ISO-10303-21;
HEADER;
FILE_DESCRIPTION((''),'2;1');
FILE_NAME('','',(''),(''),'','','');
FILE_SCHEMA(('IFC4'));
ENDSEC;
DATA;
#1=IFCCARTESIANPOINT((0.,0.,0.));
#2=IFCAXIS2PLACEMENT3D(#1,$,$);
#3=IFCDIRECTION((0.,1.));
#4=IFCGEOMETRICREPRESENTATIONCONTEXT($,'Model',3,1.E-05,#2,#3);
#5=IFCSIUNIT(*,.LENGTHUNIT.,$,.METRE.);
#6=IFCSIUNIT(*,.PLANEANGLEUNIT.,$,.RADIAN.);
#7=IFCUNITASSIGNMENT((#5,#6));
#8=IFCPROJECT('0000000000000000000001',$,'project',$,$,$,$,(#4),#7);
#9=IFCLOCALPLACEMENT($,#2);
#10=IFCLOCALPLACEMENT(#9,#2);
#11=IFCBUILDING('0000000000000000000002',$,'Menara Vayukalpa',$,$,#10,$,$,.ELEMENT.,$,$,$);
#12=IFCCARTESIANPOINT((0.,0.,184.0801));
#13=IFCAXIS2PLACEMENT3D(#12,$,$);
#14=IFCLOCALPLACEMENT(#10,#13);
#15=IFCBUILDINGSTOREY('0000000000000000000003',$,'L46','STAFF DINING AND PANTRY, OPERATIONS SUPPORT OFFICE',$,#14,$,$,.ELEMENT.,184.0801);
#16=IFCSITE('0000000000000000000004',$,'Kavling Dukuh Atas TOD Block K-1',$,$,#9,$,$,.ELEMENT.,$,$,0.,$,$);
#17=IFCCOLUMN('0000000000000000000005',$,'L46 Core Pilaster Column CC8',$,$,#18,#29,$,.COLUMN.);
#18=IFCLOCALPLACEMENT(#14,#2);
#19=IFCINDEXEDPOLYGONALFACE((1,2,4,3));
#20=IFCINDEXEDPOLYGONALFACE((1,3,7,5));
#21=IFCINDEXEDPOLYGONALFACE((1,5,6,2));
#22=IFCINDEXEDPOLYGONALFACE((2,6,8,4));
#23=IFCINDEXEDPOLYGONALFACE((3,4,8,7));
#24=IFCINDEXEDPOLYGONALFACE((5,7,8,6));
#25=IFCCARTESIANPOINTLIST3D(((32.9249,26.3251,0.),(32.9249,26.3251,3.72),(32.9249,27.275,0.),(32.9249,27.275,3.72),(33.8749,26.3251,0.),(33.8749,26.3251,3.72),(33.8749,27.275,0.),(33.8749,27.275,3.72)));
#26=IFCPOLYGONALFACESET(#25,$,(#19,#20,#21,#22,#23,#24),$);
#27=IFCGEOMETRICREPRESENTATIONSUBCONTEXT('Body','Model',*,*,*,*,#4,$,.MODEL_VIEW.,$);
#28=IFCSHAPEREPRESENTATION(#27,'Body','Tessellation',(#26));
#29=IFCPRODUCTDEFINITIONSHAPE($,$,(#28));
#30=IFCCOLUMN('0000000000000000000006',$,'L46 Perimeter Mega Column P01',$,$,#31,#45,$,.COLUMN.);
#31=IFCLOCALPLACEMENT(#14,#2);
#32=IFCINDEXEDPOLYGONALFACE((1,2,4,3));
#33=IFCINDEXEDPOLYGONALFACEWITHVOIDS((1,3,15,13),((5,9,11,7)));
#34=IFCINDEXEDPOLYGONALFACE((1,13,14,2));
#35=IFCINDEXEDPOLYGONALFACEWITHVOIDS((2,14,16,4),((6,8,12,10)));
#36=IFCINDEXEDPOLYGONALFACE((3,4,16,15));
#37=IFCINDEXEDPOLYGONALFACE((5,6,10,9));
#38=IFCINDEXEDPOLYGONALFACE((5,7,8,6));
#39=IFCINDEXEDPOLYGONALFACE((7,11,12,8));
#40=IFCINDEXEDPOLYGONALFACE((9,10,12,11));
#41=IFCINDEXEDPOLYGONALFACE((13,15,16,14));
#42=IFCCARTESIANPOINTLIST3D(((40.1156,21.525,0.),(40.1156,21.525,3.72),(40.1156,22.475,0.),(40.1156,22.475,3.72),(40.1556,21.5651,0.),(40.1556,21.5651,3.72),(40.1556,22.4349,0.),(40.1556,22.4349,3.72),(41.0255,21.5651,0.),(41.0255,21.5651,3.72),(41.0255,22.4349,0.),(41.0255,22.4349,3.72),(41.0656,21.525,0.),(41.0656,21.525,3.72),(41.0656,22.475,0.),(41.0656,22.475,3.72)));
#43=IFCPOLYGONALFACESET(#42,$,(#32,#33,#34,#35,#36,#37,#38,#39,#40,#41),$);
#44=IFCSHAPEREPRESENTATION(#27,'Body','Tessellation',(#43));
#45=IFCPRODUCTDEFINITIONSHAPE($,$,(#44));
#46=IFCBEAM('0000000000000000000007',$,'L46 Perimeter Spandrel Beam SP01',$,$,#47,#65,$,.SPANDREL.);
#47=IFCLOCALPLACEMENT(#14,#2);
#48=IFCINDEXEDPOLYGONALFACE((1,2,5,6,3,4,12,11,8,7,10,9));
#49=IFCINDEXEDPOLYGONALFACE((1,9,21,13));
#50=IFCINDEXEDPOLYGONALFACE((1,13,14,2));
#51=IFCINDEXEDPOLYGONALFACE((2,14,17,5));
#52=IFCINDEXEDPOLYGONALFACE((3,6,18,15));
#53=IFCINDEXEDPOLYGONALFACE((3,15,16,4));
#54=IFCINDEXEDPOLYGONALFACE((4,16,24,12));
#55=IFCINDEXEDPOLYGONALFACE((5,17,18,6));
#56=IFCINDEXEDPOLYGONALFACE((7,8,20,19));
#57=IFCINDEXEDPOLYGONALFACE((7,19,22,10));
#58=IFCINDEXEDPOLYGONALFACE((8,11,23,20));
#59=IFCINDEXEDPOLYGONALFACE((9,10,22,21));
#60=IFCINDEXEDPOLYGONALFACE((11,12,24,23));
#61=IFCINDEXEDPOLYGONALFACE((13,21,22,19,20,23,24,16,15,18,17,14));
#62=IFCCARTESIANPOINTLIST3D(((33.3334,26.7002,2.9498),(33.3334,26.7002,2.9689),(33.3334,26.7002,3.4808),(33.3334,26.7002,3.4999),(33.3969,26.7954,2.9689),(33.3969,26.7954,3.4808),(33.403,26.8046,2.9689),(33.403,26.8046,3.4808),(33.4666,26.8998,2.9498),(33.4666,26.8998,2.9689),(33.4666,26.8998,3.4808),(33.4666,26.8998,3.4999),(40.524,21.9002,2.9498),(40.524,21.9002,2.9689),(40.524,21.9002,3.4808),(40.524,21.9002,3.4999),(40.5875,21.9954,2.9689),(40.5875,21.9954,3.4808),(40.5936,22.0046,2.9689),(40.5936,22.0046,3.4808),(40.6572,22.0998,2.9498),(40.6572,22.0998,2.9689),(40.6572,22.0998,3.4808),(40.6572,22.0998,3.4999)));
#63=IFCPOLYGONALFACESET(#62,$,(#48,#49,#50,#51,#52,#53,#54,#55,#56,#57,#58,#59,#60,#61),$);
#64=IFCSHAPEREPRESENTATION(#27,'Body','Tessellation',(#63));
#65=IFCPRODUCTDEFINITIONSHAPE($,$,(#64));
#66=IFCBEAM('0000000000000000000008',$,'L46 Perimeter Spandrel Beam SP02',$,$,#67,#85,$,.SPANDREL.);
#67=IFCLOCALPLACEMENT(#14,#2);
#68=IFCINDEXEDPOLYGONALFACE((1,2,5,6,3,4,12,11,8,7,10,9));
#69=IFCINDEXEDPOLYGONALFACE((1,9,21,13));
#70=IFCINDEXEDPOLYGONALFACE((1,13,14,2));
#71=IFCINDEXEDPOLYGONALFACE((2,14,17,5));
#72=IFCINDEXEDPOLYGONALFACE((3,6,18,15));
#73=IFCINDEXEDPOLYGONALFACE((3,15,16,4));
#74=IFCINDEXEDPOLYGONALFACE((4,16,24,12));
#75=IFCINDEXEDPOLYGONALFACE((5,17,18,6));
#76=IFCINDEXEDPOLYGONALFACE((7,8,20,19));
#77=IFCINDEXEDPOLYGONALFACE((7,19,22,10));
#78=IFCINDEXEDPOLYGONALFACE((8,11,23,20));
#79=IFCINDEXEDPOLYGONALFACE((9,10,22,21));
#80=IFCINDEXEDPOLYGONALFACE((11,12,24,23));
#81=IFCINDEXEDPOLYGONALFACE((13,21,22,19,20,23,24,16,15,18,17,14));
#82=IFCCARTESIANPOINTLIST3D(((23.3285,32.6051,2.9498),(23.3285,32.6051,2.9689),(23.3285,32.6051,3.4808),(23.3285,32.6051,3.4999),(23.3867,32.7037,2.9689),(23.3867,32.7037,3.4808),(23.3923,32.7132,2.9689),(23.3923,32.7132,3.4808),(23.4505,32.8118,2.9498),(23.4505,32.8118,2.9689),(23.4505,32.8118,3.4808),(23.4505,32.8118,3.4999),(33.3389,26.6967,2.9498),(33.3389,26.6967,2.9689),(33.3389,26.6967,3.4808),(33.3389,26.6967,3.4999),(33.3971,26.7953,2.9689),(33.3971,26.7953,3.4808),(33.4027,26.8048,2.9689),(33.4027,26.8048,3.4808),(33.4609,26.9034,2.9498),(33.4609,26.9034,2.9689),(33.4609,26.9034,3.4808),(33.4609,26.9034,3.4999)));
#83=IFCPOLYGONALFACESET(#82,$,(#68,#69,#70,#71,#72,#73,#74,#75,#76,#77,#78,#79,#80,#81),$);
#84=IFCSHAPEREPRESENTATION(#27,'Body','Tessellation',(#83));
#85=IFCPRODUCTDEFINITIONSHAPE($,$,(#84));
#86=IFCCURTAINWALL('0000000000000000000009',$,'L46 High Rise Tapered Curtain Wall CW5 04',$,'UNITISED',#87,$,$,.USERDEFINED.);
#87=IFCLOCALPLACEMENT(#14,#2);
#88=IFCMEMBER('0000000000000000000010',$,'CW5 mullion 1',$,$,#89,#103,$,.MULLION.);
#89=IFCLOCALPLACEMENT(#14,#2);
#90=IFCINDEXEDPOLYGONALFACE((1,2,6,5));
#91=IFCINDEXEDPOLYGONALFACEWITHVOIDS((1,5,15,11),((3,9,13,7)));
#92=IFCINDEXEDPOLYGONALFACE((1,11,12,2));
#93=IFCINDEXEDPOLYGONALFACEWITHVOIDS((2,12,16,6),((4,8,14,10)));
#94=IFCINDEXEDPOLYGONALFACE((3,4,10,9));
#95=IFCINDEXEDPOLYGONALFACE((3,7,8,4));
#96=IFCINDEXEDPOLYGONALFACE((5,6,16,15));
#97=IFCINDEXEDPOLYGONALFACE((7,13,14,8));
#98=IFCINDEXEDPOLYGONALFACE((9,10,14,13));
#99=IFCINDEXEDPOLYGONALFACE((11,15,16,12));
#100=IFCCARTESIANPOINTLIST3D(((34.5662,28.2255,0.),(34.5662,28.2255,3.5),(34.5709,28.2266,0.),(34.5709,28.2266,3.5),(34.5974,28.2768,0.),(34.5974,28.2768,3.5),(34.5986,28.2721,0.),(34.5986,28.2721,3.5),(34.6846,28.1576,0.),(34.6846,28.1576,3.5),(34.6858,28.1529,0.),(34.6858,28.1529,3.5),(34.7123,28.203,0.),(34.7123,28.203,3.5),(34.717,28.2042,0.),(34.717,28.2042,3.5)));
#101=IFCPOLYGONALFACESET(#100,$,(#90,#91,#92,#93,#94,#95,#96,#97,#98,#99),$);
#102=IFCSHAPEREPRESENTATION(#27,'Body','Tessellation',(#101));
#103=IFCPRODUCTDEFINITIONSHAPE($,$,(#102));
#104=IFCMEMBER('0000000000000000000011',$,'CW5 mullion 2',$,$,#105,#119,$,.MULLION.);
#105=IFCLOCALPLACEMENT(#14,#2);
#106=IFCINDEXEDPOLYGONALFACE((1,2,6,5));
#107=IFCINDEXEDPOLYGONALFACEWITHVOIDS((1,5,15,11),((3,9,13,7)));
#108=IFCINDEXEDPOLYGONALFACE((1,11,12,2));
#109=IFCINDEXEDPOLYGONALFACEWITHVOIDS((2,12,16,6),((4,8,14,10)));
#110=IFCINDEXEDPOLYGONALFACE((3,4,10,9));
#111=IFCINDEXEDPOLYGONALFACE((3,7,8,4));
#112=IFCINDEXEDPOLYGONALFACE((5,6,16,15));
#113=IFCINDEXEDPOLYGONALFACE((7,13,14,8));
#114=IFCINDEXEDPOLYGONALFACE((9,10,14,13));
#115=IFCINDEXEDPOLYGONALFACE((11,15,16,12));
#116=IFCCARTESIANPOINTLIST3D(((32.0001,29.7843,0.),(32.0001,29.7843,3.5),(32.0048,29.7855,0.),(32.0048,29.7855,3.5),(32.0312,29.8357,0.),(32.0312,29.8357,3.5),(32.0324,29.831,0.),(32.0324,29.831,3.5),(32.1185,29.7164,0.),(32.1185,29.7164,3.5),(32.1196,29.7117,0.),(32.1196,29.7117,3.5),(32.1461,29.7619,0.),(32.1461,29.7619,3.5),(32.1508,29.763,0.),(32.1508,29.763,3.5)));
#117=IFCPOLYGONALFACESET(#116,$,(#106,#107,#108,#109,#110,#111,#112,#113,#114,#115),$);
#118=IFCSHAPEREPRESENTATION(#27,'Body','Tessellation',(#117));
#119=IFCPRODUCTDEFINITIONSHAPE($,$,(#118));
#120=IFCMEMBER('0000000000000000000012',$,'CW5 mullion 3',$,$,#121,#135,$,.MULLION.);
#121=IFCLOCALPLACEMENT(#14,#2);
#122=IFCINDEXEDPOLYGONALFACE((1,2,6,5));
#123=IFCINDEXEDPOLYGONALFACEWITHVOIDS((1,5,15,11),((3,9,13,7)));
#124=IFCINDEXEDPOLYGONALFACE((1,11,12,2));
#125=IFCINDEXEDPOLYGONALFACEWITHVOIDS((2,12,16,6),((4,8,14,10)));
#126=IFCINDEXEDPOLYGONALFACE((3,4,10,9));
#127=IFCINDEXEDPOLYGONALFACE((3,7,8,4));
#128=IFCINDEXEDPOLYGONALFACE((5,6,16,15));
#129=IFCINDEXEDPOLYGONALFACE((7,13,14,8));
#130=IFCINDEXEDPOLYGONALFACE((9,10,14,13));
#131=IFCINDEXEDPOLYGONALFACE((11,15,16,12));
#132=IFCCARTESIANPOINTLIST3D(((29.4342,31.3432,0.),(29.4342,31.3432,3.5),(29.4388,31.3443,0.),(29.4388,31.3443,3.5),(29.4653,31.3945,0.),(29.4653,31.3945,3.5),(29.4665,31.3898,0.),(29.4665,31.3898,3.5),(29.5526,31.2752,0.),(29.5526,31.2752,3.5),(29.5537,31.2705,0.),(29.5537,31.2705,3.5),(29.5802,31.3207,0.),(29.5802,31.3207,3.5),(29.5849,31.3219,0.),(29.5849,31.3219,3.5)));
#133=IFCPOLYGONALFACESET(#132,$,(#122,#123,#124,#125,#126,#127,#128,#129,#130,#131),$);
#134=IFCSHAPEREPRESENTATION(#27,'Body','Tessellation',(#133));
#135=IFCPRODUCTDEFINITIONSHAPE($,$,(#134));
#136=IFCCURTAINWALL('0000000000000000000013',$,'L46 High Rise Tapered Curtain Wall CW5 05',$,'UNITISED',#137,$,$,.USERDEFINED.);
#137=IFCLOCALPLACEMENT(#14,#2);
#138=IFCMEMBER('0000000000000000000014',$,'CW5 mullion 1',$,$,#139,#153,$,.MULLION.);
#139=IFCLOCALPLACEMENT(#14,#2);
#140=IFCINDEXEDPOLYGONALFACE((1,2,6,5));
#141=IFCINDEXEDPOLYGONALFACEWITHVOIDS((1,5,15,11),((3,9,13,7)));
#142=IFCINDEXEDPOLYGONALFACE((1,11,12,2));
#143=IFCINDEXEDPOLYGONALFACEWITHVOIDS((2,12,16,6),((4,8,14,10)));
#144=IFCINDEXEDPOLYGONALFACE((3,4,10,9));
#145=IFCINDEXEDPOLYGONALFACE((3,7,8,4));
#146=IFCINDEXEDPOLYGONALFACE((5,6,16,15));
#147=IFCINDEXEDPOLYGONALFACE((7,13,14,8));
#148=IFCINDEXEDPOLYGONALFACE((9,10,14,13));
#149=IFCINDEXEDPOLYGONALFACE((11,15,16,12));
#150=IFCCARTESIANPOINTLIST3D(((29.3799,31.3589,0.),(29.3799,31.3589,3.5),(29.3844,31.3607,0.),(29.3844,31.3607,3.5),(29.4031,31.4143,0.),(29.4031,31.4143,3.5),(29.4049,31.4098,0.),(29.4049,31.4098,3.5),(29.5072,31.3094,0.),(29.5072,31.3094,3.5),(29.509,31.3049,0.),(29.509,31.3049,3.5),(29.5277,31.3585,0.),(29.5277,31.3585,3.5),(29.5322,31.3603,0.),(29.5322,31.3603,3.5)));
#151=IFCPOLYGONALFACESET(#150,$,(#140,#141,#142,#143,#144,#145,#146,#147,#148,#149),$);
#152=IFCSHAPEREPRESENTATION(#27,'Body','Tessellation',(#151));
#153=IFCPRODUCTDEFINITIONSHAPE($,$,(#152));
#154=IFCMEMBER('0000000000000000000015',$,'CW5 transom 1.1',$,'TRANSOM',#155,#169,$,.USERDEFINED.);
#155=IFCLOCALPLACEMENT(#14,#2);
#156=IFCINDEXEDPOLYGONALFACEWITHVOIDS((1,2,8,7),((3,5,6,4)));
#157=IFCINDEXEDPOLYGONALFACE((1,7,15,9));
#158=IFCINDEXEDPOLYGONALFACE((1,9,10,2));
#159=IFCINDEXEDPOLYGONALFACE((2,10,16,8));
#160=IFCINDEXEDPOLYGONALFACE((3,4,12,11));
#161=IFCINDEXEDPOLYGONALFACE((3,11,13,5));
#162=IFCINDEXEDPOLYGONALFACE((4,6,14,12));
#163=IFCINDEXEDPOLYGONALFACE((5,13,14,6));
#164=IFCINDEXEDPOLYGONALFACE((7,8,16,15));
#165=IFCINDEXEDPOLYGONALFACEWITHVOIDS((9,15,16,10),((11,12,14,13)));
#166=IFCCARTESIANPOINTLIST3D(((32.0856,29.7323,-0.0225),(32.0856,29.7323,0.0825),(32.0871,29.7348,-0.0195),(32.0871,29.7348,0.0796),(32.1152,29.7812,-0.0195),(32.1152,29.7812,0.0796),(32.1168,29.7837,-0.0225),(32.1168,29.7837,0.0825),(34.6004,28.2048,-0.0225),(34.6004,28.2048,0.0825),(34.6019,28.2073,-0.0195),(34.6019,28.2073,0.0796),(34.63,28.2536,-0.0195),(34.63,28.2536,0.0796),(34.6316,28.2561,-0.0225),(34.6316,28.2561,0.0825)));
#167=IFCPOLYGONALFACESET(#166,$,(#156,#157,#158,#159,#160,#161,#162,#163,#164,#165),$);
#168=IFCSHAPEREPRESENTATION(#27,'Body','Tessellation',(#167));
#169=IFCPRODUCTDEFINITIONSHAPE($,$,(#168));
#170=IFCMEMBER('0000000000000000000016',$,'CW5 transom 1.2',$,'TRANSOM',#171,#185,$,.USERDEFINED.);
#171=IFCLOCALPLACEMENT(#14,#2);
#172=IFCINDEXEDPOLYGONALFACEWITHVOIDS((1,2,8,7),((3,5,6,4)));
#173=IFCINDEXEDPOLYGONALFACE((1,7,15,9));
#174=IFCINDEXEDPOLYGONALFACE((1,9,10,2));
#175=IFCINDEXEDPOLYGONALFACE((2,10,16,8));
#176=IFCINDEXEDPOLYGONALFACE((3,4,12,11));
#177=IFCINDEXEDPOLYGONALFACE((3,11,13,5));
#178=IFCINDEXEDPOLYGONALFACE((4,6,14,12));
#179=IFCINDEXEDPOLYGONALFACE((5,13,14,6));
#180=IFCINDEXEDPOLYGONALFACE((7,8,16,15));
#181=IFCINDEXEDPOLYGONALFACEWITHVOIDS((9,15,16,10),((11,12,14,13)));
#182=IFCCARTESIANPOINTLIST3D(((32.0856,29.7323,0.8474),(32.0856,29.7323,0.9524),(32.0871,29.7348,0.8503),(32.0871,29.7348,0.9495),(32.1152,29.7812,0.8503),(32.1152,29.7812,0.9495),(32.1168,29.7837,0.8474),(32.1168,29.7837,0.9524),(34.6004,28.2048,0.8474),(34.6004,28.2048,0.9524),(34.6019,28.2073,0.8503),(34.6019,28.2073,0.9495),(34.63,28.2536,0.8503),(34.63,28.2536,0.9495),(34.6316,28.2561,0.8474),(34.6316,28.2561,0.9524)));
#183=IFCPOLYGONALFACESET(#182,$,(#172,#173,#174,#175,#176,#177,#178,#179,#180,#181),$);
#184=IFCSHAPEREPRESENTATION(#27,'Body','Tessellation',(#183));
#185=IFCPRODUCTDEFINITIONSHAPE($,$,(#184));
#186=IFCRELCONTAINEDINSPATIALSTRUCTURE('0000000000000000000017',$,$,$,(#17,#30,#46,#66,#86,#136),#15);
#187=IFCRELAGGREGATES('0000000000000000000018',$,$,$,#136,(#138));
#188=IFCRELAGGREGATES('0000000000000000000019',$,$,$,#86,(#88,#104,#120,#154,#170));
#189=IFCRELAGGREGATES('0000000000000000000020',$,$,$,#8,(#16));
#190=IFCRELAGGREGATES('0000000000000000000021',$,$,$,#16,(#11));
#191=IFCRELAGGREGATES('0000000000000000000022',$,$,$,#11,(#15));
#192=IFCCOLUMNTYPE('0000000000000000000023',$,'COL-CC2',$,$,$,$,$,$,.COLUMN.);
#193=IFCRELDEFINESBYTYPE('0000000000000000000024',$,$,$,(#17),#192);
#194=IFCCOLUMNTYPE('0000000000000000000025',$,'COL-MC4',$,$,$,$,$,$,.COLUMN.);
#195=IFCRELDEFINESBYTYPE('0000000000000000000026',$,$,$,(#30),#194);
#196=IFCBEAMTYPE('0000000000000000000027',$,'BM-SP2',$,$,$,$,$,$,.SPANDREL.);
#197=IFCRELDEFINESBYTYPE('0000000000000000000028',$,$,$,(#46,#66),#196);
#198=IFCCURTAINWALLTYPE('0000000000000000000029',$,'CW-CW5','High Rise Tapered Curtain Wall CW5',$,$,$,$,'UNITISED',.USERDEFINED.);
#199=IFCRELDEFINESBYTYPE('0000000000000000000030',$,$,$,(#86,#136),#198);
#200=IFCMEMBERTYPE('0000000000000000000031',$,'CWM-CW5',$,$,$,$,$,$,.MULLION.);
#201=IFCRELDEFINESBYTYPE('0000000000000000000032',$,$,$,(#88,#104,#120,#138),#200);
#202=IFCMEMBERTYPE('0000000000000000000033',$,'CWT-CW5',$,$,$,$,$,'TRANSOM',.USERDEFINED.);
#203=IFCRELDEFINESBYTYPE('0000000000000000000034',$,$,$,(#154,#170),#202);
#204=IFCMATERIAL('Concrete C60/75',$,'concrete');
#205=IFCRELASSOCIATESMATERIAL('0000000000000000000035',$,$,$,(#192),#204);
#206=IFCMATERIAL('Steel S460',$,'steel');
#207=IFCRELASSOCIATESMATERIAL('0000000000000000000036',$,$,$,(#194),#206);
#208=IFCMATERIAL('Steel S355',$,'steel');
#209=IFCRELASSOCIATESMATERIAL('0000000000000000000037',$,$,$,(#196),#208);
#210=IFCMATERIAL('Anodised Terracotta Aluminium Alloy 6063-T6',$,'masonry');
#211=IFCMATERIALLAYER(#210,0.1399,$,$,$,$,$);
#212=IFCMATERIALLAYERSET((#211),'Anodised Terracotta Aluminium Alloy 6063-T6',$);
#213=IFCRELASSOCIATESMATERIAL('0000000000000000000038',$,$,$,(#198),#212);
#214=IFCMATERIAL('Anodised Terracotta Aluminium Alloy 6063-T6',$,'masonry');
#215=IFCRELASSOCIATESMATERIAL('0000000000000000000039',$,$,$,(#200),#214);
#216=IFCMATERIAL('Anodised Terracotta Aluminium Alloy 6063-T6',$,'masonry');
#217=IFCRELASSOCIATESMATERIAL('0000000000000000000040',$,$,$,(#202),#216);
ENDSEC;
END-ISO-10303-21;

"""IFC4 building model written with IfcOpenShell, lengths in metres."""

from ifc_helpers import new_model, si_unit, direction, frame, origin, origin_2d, place, context, subcontext, project, spatial, rectangle, hollow_rectangle, i_section, extrude, material, layer, layer_set, material_profile, profile_set, type_object, element, aggregate, save


model = new_model("IFC4")

# Units and contexts
model_context = context("Model", 3, precision=1e-05, world=origin(), true_north=direction((0.0, 1.0)))
body_context = subcontext(model_context, "Body", "Model", "MODEL_VIEW")
ifc_project = project(units=[si_unit("LENGTHUNIT", "METRE"), si_unit("PLANEANGLEUNIT", "RADIAN")], contexts=[model_context])

# Site, building, storey
site_placement = place(None, origin())
site = spatial("IfcSite", under=ifc_project, at=site_placement, Name="Kavling Dukuh Atas TOD Block K-1", CompositionType="ELEMENT", RefElevation=0.0)
building_placement = place(site_placement, origin())
building = spatial("IfcBuilding", under=site, at=building_placement, Name="Menara Vayukalpa", CompositionType="ELEMENT")
storey_placement = place(building_placement, frame((0.0, 0.0, 184.0801)))
storey = spatial("IfcBuildingStorey", under=building, at=storey_placement, Name="L46", Description="STAFF DINING AND PANTRY, OPERATIONS SUPPORT OFFICE", CompositionType="ELEMENT", Elevation=184.0801)

# Columns
ifc_material_1 = material(Name="Concrete C60/75", Category="concrete")
ifc_material_profile_1 = material_profile(ifc_material_1, rectangle(XDim=0.95, YDim=0.95, at=origin_2d()), Name="RC 950x950")
ifc_profile_set_1 = profile_set([ifc_material_profile_1], Name="Concrete C60/75")
column_type_1 = type_object("IfcColumnType", Name="COL-CC2", PredefinedType="COLUMN", material=ifc_profile_set_1)
column_1_placement = place(storey_placement, frame((33.3999, 26.8, 0.0), z_axis=(0.0, 0.0, 1.0), x_axis=(1.0, 0.0, 0.0)))
element("IfcColumn", 1, at=column_1_placement, inside=storey, type_object=column_type_1, Name="L46 Core Pilaster Column CC8", PredefinedType="COLUMN", context=body_context, shape_type="SweptSolid", body=[
    extrude(rectangle(XDim=0.95, YDim=0.95, at=origin_2d()), origin(), (0.0, 0.0, 1.0), 3.72),
])
ifc_material_2 = material(Name="Steel S460", Category="steel")
ifc_material_profile_2 = material_profile(ifc_material_2, hollow_rectangle(XDim=0.95, YDim=0.95, WallThickness=0.04, at=origin_2d()), Name="BOX 950x950x40")
ifc_profile_set_2 = profile_set([ifc_material_profile_2], Name="Steel S460")
column_type_2 = type_object("IfcColumnType", Name="COL-MC4", PredefinedType="COLUMN", material=ifc_profile_set_2)
column_2_placement = place(storey_placement, frame((40.5906, 22.0, 0.0), z_axis=(0.0, 0.0, 1.0), x_axis=(1.0, 0.0, 0.0)))
element("IfcColumn", 2, at=column_2_placement, inside=storey, type_object=column_type_2, Name="L46 Perimeter Mega Column P01", PredefinedType="COLUMN", context=body_context, shape_type="SweptSolid", body=[
    extrude(hollow_rectangle(XDim=0.95, YDim=0.95, WallThickness=0.04, at=origin_2d()), origin(), (0.0, 0.0, 1.0), 3.72),
])

# Beams
ifc_material_3 = material(Name="Steel S355", Category="steel")
ifc_material_profile_3 = material_profile(ifc_material_3, i_section(OverallWidth=0.24, OverallDepth=0.55, WebThickness=0.011, FlangeThickness=0.019, at=origin_2d()), Name="WF 550x240x11x19")
ifc_profile_set_3 = profile_set([ifc_material_profile_3], Name="Steel S355")
beam_type = type_object("IfcBeamType", Name="BM-SP2", PredefinedType="SPANDREL", material=ifc_profile_set_3)
beam_1_placement = place(storey_placement, frame((40.5906, 22.0, 3.2249), z_axis=(-0.831716, 0.555202, 0.0), x_axis=(-0.555202, -0.831716, 0.0)))
element("IfcBeam", 3, at=beam_1_placement, inside=storey, type_object=beam_type, Name="L46 Perimeter Spandrel Beam SP01", PredefinedType="SPANDREL", context=body_context, shape_type="SweptSolid", body=[
    extrude(i_section(OverallWidth=0.24, OverallDepth=0.55, WebThickness=0.011, FlangeThickness=0.019, at=origin_2d()), origin(), (0.0, 0.0, 1.0), 8.6455),
])
beam_2_placement = place(storey_placement, frame((33.3999, 26.8, 3.2249), z_axis=(-0.861184, 0.508293, 0.0), x_axis=(-0.508293, -0.861184, 0.0)))
element("IfcBeam", 4, at=beam_2_placement, inside=storey, type_object=beam_type, Name="L46 Perimeter Spandrel Beam SP02", PredefinedType="SPANDREL", context=body_context, shape_type="SweptSolid", body=[
    extrude(i_section(OverallWidth=0.24, OverallDepth=0.55, WebThickness=0.011, FlangeThickness=0.019, at=origin_2d()), origin(), (0.0, 0.0, 1.0), 11.624),
])

# Curtain wall, members
ifc_material_4 = material(Name="Anodised Terracotta Aluminium Alloy 6063-T6", Category="masonry")
ifc_layer_1 = layer(ifc_material_4, 0.1399)
ifc_layer_set_1 = layer_set([ifc_layer_1], Name="Anodised Terracotta Aluminium Alloy 6063-T6")
curtain_wall_type = type_object("IfcCurtainWallType", Name="CW-CW5", Description="High Rise Tapered Curtain Wall CW5", ElementType="UNITISED", PredefinedType="USERDEFINED", material=ifc_layer_set_1)
curtain_wall_1_placement = place(storey_placement, origin())
curtain_wall_1 = element("IfcCurtainWall", 5, at=curtain_wall_1_placement, inside=storey, type_object=curtain_wall_type, Name="L46 High Rise Tapered Curtain Wall CW5 04", ObjectType="UNITISED", PredefinedType="USERDEFINED")
ifc_material_5 = material(Name="Anodised Terracotta Aluminium Alloy 6063-T6", Category="masonry")
ifc_material_profile_4 = material_profile(ifc_material_5, hollow_rectangle(XDim=0.0601, YDim=0.1399, WallThickness=0.0034, at=origin_2d()), Name="ALU 60x140x3.5")
ifc_profile_set_4 = profile_set([ifc_material_profile_4], Name="Anodised Terracotta Aluminium Alloy 6063-T6")
member_type_1 = type_object("IfcMemberType", Name="CWM-CW5", PredefinedType="MULLION", material=ifc_profile_set_4)
member_1_placement = place(storey_placement, frame((34.6416, 28.2148, 0.0), z_axis=(0.0, 0.0, 1.0), x_axis=(-0.51918, -0.854665, 0.0)))
member_1 = element("IfcMember", 6, at=member_1_placement, type_object=member_type_1, Name="CW5 mullion 1", PredefinedType="MULLION", context=body_context, shape_type="SweptSolid", body=[
    extrude(hollow_rectangle(XDim=0.0601, YDim=0.1399, WallThickness=0.0034, at=origin_2d()), origin(), (0.0, 0.0, 1.0), 3.5),
])
member_2_placement = place(storey_placement, frame((32.0754, 29.7737, 0.0), z_axis=(0.0, 0.0, 1.0), x_axis=(-0.51918, -0.854665, 0.0)))
member_2 = element("IfcMember", 7, at=member_2_placement, type_object=member_type_1, Name="CW5 mullion 2", PredefinedType="MULLION", context=body_context, shape_type="SweptSolid", body=[
    extrude(hollow_rectangle(XDim=0.0601, YDim=0.1399, WallThickness=0.0034, at=origin_2d()), origin(), (0.0, 0.0, 1.0), 3.5),
])
member_3_placement = place(storey_placement, frame((29.5095, 31.3325, 0.0), z_axis=(0.0, 0.0, 1.0), x_axis=(-0.51918, -0.854665, 0.0)))
member_3 = element("IfcMember", 8, at=member_3_placement, type_object=member_type_1, Name="CW5 mullion 3", PredefinedType="MULLION", context=body_context, shape_type="SweptSolid", body=[
    extrude(hollow_rectangle(XDim=0.0601, YDim=0.1399, WallThickness=0.0034, at=origin_2d()), origin(), (0.0, 0.0, 1.0), 3.5),
])

# Curtain wall, member
curtain_wall_2_placement = place(storey_placement, origin())
curtain_wall_2 = element("IfcCurtainWall", 9, at=curtain_wall_2_placement, inside=storey, type_object=curtain_wall_type, Name="L46 High Rise Tapered Curtain Wall CW5 05", ObjectType="UNITISED", PredefinedType="USERDEFINED")
member_4_placement = place(storey_placement, frame((29.4561, 31.3596, 0.0), z_axis=(0.0, 0.0, 1.0), x_axis=(-0.385903, -0.922539, 0.0)))
member_4 = element("IfcMember", 10, at=member_4_placement, type_object=member_type_1, Name="CW5 mullion 1", PredefinedType="MULLION", context=body_context, shape_type="SweptSolid", body=[
    extrude(hollow_rectangle(XDim=0.0601, YDim=0.1399, WallThickness=0.0034, at=origin_2d()), origin(), (0.0, 0.0, 1.0), 3.5),
])
aggregate(curtain_wall_2, [member_4])

# Members
ifc_material_6 = material(Name="Anodised Terracotta Aluminium Alloy 6063-T6", Category="masonry")
ifc_material_profile_5 = material_profile(ifc_material_6, hollow_rectangle(XDim=0.0601, YDim=0.105, WallThickness=0.0029, at=origin_2d()), Name="ALU 60x105x3")
ifc_profile_set_5 = profile_set([ifc_material_profile_5], Name="Anodised Terracotta Aluminium Alloy 6063-T6")
member_type_2 = type_object("IfcMemberType", Name="CWT-CW5", ElementType="TRANSOM", PredefinedType="USERDEFINED", material=ifc_profile_set_5)
member_5_placement = place(storey_placement, frame((34.616, 28.2305, 0.03), z_axis=(-0.854684, 0.519149, 0.0), x_axis=(-0.519149, -0.854684, 0.0)))
member_5 = element("IfcMember", 11, at=member_5_placement, type_object=member_type_2, Name="CW5 transom 1.1", ObjectType="TRANSOM", PredefinedType="USERDEFINED", context=body_context, shape_type="SweptSolid", body=[
    extrude(hollow_rectangle(XDim=0.0601, YDim=0.105, WallThickness=0.0029, at=origin_2d()), origin(), (0.0, 0.0, 1.0), 2.9424),
])
member_6_placement = place(storey_placement, frame((34.616, 28.2305, 0.8999), z_axis=(-0.854684, 0.519149, 0.0), x_axis=(-0.519149, -0.854684, 0.0)))
member_6 = element("IfcMember", 12, at=member_6_placement, type_object=member_type_2, Name="CW5 transom 1.2", ObjectType="TRANSOM", PredefinedType="USERDEFINED", context=body_context, shape_type="SweptSolid", body=[
    extrude(hollow_rectangle(XDim=0.0601, YDim=0.105, WallThickness=0.0029, at=origin_2d()), origin(), (0.0, 0.0, 1.0), 2.9424),
])

aggregate(curtain_wall_1, [member_1, member_2, member_3, member_5, member_6])

save(model, "model.ifc")
